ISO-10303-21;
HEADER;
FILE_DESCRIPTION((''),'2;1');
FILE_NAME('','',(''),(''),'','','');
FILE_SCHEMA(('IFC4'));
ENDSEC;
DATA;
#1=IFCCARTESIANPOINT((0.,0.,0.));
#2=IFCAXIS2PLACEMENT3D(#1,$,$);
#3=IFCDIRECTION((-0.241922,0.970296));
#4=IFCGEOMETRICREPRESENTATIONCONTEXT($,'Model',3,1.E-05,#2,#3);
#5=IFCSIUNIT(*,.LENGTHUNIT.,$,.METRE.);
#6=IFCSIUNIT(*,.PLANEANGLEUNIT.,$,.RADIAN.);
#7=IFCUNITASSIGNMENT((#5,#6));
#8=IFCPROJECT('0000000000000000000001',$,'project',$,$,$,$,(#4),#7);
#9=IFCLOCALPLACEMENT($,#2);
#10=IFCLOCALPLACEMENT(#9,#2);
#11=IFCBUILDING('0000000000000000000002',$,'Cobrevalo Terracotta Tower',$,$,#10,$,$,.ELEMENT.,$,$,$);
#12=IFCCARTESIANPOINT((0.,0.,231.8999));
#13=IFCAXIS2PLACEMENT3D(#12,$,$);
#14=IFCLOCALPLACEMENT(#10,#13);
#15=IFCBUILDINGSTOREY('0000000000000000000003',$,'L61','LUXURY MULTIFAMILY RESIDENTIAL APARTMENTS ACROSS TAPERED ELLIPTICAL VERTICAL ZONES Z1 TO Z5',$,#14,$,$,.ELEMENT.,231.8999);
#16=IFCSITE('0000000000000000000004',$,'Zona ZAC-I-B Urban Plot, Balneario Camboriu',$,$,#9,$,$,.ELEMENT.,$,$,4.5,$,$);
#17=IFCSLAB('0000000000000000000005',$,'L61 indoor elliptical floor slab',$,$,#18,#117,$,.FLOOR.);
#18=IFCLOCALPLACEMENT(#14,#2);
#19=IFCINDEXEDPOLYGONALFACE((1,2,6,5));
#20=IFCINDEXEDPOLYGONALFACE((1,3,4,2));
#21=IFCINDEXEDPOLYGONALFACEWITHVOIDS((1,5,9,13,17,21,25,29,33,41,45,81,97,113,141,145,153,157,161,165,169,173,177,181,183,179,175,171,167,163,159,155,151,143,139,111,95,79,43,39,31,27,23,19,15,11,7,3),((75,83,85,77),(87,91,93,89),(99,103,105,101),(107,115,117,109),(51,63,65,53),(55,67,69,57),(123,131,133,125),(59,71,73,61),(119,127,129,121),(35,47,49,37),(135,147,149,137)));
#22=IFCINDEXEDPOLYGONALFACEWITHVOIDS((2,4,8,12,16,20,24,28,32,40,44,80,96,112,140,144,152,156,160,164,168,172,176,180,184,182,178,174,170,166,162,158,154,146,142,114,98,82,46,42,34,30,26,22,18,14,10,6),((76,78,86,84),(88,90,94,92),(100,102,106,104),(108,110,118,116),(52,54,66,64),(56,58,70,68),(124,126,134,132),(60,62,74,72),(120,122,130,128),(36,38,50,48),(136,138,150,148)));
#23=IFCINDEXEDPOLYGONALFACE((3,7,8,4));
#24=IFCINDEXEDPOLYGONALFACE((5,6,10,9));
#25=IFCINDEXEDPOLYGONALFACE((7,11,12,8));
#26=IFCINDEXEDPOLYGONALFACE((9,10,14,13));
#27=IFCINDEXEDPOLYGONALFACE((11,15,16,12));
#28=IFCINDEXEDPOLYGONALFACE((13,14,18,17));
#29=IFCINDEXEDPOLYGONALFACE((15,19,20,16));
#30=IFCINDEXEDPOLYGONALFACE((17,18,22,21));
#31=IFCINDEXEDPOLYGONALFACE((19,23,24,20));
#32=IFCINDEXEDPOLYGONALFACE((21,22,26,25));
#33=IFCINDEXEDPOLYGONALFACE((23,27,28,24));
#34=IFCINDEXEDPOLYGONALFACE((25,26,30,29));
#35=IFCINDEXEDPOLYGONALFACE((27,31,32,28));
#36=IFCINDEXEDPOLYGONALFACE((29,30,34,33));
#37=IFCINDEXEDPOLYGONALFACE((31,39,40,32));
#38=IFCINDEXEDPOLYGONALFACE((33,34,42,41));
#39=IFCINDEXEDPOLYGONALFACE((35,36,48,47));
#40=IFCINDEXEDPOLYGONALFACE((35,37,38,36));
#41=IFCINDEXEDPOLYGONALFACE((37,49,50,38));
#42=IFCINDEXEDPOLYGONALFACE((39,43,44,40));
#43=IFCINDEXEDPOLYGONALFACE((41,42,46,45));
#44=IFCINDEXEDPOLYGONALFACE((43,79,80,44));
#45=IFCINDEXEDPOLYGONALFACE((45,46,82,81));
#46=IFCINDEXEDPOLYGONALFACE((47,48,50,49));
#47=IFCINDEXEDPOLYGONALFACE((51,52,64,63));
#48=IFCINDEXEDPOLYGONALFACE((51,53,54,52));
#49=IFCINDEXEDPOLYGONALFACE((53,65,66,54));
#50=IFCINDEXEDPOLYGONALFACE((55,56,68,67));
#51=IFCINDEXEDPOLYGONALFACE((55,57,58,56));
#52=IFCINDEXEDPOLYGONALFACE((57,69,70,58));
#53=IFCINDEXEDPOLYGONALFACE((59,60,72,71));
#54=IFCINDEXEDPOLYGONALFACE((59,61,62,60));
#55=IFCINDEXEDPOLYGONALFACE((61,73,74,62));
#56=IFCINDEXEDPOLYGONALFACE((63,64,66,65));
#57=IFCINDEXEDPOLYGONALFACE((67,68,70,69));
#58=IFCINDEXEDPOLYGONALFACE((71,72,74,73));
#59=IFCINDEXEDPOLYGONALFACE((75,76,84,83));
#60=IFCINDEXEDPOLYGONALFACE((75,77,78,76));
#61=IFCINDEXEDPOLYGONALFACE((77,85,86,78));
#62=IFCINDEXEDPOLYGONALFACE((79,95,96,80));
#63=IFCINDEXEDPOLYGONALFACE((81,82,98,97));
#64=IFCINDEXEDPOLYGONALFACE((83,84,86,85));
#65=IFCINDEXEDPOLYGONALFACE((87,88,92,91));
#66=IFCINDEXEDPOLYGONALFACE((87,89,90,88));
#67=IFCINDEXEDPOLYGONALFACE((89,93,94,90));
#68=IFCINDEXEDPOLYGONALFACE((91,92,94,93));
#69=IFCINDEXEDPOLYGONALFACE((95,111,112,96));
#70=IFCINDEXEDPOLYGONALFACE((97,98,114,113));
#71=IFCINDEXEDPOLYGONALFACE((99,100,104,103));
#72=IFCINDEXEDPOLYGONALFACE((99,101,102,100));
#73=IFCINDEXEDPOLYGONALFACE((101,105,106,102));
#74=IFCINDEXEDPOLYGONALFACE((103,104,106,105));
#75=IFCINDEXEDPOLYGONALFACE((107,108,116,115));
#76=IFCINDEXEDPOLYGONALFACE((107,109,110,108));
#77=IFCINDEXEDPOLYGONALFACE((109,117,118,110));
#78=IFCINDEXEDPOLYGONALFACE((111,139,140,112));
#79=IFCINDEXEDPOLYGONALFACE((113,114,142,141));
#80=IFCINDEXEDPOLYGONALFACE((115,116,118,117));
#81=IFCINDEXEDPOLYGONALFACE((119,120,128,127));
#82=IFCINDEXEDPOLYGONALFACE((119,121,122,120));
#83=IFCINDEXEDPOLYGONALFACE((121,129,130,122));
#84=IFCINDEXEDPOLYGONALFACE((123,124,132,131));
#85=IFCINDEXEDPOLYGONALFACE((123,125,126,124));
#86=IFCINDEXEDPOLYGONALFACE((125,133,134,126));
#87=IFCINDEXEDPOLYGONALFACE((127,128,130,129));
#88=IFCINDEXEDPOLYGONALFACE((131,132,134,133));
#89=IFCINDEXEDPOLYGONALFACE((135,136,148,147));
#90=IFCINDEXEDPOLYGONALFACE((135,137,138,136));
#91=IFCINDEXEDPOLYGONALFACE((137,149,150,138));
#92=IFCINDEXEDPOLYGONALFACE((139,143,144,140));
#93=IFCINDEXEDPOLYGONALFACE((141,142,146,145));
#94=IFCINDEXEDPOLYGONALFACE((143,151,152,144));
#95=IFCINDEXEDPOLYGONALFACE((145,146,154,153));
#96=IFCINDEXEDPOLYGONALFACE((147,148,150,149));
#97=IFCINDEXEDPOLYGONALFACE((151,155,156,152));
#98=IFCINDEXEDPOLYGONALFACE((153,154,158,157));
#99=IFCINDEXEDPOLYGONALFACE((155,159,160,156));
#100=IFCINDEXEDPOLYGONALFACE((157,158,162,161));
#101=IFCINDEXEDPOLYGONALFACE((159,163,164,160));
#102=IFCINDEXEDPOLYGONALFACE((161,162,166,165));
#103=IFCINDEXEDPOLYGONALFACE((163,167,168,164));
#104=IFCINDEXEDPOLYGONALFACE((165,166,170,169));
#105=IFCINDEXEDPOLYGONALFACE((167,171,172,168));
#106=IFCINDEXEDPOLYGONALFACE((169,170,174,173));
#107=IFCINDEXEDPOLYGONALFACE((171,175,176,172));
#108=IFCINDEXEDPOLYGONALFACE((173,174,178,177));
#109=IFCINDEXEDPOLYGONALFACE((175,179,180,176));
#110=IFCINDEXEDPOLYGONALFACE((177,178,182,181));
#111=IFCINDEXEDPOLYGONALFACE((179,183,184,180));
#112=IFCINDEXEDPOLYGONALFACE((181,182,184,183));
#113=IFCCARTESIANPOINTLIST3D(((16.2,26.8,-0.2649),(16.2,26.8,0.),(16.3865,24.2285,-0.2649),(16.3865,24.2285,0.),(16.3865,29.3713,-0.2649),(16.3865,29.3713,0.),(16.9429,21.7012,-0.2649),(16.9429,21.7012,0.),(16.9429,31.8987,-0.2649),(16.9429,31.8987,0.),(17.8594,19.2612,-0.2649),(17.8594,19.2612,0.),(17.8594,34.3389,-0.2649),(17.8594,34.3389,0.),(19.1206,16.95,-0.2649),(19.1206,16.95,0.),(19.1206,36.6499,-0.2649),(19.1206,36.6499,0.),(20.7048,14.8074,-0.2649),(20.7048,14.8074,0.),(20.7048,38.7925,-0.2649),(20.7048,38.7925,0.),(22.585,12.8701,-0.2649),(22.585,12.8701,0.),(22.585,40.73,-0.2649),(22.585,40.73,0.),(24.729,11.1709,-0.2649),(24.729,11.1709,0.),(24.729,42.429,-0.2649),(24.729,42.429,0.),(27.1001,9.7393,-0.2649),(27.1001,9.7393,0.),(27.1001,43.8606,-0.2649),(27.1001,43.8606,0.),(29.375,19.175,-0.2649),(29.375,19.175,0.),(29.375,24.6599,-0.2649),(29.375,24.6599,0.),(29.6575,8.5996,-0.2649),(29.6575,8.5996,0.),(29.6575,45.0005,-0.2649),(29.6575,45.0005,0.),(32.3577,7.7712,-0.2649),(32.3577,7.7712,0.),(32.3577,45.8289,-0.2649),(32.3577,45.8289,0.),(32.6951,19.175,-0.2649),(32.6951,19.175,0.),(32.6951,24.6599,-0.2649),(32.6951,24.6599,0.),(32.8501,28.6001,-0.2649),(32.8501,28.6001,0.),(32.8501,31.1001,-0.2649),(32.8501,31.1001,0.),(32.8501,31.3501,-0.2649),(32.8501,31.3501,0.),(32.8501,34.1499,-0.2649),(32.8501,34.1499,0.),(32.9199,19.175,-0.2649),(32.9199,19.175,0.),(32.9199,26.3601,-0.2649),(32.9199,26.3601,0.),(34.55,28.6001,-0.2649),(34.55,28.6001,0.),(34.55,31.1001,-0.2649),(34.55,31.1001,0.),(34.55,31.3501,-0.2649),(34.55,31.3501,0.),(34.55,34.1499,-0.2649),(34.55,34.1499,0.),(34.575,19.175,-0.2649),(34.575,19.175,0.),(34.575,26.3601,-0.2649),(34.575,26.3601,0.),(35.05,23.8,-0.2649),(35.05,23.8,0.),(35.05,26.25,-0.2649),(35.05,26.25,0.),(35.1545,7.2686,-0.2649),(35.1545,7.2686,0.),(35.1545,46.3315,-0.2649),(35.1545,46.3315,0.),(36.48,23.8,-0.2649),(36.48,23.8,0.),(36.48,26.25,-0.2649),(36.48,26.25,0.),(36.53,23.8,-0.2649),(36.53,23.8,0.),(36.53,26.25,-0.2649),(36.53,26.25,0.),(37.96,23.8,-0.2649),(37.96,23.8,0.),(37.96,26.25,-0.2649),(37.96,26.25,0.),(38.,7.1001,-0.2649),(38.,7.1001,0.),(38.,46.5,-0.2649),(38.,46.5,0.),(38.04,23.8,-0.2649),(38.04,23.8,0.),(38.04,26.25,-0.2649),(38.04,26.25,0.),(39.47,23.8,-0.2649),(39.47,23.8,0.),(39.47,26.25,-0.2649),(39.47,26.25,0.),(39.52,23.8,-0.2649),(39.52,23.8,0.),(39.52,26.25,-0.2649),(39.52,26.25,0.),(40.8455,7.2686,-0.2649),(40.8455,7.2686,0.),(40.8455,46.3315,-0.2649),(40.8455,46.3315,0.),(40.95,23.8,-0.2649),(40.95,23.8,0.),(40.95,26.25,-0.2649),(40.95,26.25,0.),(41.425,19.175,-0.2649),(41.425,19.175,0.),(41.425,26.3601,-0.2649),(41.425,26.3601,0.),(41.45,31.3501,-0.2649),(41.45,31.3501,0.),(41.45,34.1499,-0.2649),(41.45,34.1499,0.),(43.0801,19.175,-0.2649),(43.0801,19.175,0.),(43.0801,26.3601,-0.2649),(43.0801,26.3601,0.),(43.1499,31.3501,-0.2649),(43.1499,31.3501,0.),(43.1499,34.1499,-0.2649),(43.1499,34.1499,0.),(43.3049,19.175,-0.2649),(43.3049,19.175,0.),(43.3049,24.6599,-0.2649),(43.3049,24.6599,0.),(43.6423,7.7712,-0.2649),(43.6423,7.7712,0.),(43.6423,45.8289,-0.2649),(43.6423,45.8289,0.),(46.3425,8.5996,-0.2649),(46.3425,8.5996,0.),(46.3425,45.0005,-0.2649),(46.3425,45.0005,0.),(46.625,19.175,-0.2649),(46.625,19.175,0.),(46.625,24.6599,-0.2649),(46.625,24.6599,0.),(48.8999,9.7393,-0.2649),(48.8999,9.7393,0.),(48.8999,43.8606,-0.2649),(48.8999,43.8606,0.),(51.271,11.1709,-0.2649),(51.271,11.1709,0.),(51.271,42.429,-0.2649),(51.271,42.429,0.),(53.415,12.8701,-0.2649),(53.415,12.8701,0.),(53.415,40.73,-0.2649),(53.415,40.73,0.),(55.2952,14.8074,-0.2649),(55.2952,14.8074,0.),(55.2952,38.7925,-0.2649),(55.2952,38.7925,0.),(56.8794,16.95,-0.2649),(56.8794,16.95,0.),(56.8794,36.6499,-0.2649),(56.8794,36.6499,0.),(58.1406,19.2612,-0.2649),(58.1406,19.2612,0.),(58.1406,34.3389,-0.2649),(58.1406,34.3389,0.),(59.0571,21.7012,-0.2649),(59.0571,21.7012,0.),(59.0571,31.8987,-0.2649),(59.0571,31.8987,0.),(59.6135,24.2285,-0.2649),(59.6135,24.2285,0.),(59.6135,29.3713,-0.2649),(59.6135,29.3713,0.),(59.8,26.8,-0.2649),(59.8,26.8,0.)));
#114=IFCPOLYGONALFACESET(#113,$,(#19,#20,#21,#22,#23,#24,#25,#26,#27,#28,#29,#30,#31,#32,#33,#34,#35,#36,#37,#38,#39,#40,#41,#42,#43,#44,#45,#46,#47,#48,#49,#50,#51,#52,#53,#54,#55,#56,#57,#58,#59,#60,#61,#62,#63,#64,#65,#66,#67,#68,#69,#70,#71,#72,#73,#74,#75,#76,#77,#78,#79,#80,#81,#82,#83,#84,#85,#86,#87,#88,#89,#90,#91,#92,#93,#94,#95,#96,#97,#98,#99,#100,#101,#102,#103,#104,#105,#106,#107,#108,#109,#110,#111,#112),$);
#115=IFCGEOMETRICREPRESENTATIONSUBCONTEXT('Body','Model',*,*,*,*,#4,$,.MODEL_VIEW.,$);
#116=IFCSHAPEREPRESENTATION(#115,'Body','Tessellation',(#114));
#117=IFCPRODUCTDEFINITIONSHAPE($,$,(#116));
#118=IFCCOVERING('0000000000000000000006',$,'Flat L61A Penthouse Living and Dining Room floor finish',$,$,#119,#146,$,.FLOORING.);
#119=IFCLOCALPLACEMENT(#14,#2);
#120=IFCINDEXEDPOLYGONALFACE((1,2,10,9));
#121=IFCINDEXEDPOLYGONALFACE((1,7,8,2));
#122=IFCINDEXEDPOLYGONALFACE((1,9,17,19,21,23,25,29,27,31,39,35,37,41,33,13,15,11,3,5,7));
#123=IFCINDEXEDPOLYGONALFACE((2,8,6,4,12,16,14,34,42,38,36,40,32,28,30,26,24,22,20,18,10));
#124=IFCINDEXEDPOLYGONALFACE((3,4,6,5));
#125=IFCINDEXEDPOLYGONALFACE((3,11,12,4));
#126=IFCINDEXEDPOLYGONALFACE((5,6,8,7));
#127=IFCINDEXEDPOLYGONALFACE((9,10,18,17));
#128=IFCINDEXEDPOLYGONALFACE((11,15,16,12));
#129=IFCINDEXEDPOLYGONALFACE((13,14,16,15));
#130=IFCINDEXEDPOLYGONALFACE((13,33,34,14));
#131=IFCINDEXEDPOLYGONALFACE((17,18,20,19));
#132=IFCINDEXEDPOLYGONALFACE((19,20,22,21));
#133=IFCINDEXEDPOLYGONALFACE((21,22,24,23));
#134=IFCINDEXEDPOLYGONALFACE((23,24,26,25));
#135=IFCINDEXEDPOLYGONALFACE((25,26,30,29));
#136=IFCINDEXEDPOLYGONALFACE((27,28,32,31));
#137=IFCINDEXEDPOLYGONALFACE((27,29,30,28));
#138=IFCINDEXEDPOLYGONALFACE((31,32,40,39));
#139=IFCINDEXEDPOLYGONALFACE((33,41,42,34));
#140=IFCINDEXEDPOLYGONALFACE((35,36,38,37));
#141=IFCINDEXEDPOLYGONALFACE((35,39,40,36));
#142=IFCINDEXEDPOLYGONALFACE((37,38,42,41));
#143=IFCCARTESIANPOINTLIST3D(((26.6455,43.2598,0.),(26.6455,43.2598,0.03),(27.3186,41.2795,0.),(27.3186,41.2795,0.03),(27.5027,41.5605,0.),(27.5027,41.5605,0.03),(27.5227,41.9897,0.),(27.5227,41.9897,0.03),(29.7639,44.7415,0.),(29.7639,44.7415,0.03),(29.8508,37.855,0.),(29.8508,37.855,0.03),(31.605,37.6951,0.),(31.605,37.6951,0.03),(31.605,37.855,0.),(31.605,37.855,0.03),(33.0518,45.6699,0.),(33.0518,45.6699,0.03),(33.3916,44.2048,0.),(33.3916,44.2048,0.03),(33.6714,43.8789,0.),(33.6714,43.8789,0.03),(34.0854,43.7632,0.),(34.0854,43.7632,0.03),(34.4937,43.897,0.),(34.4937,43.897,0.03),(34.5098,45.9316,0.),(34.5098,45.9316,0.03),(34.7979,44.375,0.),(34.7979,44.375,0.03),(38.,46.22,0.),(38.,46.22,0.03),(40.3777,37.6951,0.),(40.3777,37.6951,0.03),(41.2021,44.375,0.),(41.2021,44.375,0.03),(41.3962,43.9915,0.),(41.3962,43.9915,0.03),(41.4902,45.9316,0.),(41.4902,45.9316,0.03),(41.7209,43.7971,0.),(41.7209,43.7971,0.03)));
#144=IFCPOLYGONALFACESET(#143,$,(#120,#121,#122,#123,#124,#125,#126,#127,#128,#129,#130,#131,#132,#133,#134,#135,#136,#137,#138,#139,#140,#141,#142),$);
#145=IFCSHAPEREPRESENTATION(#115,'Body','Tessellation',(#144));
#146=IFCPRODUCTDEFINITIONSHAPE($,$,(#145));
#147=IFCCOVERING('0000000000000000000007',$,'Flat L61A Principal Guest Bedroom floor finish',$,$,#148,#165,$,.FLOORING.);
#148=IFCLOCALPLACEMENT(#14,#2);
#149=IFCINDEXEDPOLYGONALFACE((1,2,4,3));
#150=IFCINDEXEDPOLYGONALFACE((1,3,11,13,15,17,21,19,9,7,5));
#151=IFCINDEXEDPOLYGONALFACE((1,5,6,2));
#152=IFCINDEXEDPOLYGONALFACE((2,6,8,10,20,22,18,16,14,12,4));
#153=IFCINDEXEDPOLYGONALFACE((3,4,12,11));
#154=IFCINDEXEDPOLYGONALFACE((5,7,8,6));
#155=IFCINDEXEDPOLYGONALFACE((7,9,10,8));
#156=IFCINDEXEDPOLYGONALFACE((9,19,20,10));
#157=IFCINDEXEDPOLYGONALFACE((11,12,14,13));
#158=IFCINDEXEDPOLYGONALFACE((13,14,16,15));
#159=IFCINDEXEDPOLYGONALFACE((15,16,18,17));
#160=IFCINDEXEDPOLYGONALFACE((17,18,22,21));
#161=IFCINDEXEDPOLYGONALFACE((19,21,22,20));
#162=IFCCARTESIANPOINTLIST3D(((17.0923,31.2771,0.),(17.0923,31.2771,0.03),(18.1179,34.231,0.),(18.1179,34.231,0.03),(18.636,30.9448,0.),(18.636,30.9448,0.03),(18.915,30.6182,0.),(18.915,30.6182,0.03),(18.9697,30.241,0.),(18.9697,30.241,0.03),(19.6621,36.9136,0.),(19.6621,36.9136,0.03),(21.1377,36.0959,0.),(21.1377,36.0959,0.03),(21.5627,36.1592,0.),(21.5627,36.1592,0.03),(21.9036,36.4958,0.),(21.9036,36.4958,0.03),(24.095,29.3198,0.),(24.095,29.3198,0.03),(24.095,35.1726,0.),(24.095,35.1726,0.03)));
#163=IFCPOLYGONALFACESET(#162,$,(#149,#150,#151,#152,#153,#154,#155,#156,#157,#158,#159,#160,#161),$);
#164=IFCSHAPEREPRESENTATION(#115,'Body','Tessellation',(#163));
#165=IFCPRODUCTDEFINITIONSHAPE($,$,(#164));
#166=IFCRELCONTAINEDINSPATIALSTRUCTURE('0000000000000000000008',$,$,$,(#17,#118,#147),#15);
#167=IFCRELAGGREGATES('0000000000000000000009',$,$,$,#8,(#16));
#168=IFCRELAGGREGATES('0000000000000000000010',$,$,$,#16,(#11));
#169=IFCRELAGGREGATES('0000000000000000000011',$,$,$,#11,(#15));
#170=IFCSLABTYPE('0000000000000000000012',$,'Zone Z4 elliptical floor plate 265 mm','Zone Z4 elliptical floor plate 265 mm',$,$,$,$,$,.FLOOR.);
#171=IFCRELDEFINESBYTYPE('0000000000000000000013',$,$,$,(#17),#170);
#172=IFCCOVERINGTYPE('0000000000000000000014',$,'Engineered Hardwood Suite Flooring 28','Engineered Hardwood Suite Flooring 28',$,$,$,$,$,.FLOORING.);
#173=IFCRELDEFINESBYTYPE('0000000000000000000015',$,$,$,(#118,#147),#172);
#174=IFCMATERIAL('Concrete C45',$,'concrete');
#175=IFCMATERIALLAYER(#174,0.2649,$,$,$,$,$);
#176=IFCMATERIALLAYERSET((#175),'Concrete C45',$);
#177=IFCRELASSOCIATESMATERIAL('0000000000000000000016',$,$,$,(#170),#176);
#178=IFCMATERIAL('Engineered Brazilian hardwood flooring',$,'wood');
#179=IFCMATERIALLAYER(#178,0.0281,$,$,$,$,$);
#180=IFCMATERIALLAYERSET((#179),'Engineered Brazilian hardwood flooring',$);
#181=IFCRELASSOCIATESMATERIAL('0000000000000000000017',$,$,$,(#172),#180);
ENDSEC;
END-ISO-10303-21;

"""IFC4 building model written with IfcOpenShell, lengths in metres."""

from ifc_helpers import new_model, si_unit, direction, frame, origin, place, context, subcontext, project, spatial, polyline, outline, extrude, material, layer, layer_set, type_object, element, save


model = new_model("IFC4")

# Units and contexts
model_context = context("Model", 3, precision=1e-05, world=origin(), true_north=direction((-0.241922, 0.970296)))
body_context = subcontext(model_context, "Body", "Model", "MODEL_VIEW")
ifc_project = project(units=[si_unit("LENGTHUNIT", "METRE"), si_unit("PLANEANGLEUNIT", "RADIAN")], contexts=[model_context])

# Site, building, storey
site_placement = place(None, origin())
site = spatial("IfcSite", under=ifc_project, at=site_placement, Name="Zona ZAC-I-B Urban Plot, Balneario Camboriu", CompositionType="ELEMENT", RefElevation=4.5)
building_placement = place(site_placement, origin())
building = spatial("IfcBuilding", under=site, at=building_placement, Name="Cobrevalo Terracotta Tower", CompositionType="ELEMENT")
storey_placement = place(building_placement, frame((0.0, 0.0, 231.8999)))
storey = spatial("IfcBuildingStorey", under=building, at=storey_placement, Name="L61", Description="LUXURY MULTIFAMILY RESIDENTIAL APARTMENTS ACROSS TAPERED ELLIPTICAL VERTICAL ZONES Z1 TO Z5", CompositionType="ELEMENT", Elevation=231.8999)

# Slab
ifc_material_1 = material(Name="Concrete C45", Category="concrete")
ifc_layer_1 = layer(ifc_material_1, 0.2649)
ifc_layer_set_1 = layer_set([ifc_layer_1], Name="Concrete C45")
slab_type_1 = type_object("IfcSlabType", Name="Zone Z4 elliptical floor plate 265 mm", Description="Zone Z4 elliptical floor plate 265 mm", PredefinedType="FLOOR", material=ifc_layer_set_1)
slab_1_placement = place(storey_placement, frame((0.0, 0.0, -0.2649)))
element("IfcSlab", 1, at=slab_1_placement, inside=storey, type_object=slab_type_1, Name="L61 indoor elliptical floor slab", PredefinedType="FLOOR", context=body_context, shape_type="SweptSolid", body=[
    extrude(outline(polyline([(59.6135, 24.2285), (59.0571, 21.7012), (58.1406, 19.2612), (56.8794, 16.95), (55.2952, 14.8074), (53.415, 12.8701), (51.271, 11.1709), (48.8999, 9.7393), (46.3425, 8.5996), (43.6423, 7.7712), (40.8455, 7.2686), (38.0, 7.1001), (35.1545, 7.2686), (32.3577, 7.7712), (29.6575, 8.5996), (27.1001, 9.7393), (24.729, 11.1709), (22.585, 12.8701), (20.7048, 14.8074), (19.1206, 16.95), (17.8594, 19.2612), (16.9429, 21.7012), (16.3865, 24.2285), (16.2, 26.8), (16.3865, 29.3713), (16.9429, 31.8987), (17.8594, 34.3389), (19.1206, 36.6499), (20.7048, 38.7925), (22.585, 40.73), (24.729, 42.429), (27.1001, 43.8606), (29.6575, 45.0005), (32.3577, 45.8289), (35.1545, 46.3315), (38.0, 46.5), (40.8455, 46.3315), (43.6423, 45.8289), (46.3425, 45.0005), (48.8999, 43.8606), (51.271, 42.429), (53.415, 40.73), (55.2952, 38.7925), (56.8794, 36.6499), (58.1406, 34.3389), (59.0571, 31.8987), (59.6135, 29.3713), (59.8, 26.8), (59.6135, 24.2285)]), holes=[polyline([(32.6951, 19.175), (32.6951, 24.6599), (29.375, 24.6599), (29.375, 19.175), (32.6951, 19.175)]), polyline([(34.575, 26.3601), (32.9199, 26.3601), (32.9199, 19.175), (34.575, 19.175), (34.575, 26.3601)]), polyline([(36.48, 26.25), (35.05, 26.25), (35.05, 23.8), (36.48, 23.8), (36.48, 26.25)]), polyline([(37.96, 23.8), (37.96, 26.25), (36.53, 26.25), (36.53, 23.8), (37.96, 23.8)]), polyline([(34.55, 28.6001), (34.55, 31.1001), (32.8501, 31.1001), (32.8501, 28.6001), (34.55, 28.6001)]), polyline([(34.55, 34.1499), (32.8501, 34.1499), (32.8501, 31.3501), (34.55, 31.3501), (34.55, 34.1499)]), polyline([(43.3049, 19.175), (46.625, 19.175), (46.625, 24.6599), (43.3049, 24.6599), (43.3049, 19.175)]), polyline([(43.0801, 19.175), (43.0801, 26.3601), (41.425, 26.3601), (41.425, 19.175), (43.0801, 19.175)]), polyline([(39.47, 26.25), (38.04, 26.25), (38.04, 23.8), (39.47, 23.8), (39.47, 26.25)]), polyline([(40.95, 23.8), (40.95, 26.25), (39.52, 26.25), (39.52, 23.8), (40.95, 23.8)]), polyline([(43.1499, 31.3501), (43.1499, 34.1499), (41.45, 34.1499), (41.45, 31.3501), (43.1499, 31.3501)])]), origin(), (0.0, 0.0, 1.0), 0.2649),
])

# Coverings
ifc_material_2 = material(Name="Engineered Brazilian hardwood flooring", Category="wood")
ifc_layer_2 = layer(ifc_material_2, 0.0281)
ifc_layer_set_2 = layer_set([ifc_layer_2], Name="Engineered Brazilian hardwood flooring")
covering_type_1 = type_object("IfcCoveringType", Name="Engineered Hardwood Suite Flooring 28", Description="Engineered Hardwood Suite Flooring 28", PredefinedType="FLOORING", material=ifc_layer_set_2)
covering_1_placement = place(storey_placement, origin())
element("IfcCovering", 2, at=covering_1_placement, inside=storey, type_object=covering_type_1, Name="Flat L61A Penthouse Living and Dining Room floor finish", PredefinedType="FLOORING", context=body_context, shape_type="SweptSolid", body=[
    extrude(outline(polyline([(29.7639, 44.7415), (33.0518, 45.6699), (33.3916, 44.2048), (33.6714, 43.8789), (34.0854, 43.7632), (34.4937, 43.897), (34.7979, 44.375), (34.5098, 45.9316), (38.0, 46.22), (41.4902, 45.9316), (41.2021, 44.375), (41.3962, 43.9915), (41.7209, 43.7971), (40.3777, 37.6951), (31.605, 37.6951), (31.605, 37.855), (29.8508, 37.855), (27.3186, 41.2795), (27.5027, 41.5605), (27.5227, 41.9897), (26.6455, 43.2598), (29.7639, 44.7415)])), origin(), (0.0, 0.0, 1.0), 0.03),
])
covering_2_placement = place(storey_placement, origin())
element("IfcCovering", 3, at=covering_2_placement, inside=storey, type_object=covering_type_1, Name="Flat L61A Principal Guest Bedroom floor finish", PredefinedType="FLOORING", context=body_context, shape_type="SweptSolid", body=[
    extrude(outline(polyline([(18.1179, 34.231), (19.6621, 36.9136), (21.1377, 36.0959), (21.5627, 36.1592), (21.9036, 36.4958), (24.095, 35.1726), (24.095, 29.3198), (18.9697, 30.241), (18.915, 30.6182), (18.636, 30.9448), (17.0923, 31.2771), (18.1179, 34.231)])), origin(), (0.0, 0.0, 1.0), 0.03),
])

save(model, "model.ifc")
